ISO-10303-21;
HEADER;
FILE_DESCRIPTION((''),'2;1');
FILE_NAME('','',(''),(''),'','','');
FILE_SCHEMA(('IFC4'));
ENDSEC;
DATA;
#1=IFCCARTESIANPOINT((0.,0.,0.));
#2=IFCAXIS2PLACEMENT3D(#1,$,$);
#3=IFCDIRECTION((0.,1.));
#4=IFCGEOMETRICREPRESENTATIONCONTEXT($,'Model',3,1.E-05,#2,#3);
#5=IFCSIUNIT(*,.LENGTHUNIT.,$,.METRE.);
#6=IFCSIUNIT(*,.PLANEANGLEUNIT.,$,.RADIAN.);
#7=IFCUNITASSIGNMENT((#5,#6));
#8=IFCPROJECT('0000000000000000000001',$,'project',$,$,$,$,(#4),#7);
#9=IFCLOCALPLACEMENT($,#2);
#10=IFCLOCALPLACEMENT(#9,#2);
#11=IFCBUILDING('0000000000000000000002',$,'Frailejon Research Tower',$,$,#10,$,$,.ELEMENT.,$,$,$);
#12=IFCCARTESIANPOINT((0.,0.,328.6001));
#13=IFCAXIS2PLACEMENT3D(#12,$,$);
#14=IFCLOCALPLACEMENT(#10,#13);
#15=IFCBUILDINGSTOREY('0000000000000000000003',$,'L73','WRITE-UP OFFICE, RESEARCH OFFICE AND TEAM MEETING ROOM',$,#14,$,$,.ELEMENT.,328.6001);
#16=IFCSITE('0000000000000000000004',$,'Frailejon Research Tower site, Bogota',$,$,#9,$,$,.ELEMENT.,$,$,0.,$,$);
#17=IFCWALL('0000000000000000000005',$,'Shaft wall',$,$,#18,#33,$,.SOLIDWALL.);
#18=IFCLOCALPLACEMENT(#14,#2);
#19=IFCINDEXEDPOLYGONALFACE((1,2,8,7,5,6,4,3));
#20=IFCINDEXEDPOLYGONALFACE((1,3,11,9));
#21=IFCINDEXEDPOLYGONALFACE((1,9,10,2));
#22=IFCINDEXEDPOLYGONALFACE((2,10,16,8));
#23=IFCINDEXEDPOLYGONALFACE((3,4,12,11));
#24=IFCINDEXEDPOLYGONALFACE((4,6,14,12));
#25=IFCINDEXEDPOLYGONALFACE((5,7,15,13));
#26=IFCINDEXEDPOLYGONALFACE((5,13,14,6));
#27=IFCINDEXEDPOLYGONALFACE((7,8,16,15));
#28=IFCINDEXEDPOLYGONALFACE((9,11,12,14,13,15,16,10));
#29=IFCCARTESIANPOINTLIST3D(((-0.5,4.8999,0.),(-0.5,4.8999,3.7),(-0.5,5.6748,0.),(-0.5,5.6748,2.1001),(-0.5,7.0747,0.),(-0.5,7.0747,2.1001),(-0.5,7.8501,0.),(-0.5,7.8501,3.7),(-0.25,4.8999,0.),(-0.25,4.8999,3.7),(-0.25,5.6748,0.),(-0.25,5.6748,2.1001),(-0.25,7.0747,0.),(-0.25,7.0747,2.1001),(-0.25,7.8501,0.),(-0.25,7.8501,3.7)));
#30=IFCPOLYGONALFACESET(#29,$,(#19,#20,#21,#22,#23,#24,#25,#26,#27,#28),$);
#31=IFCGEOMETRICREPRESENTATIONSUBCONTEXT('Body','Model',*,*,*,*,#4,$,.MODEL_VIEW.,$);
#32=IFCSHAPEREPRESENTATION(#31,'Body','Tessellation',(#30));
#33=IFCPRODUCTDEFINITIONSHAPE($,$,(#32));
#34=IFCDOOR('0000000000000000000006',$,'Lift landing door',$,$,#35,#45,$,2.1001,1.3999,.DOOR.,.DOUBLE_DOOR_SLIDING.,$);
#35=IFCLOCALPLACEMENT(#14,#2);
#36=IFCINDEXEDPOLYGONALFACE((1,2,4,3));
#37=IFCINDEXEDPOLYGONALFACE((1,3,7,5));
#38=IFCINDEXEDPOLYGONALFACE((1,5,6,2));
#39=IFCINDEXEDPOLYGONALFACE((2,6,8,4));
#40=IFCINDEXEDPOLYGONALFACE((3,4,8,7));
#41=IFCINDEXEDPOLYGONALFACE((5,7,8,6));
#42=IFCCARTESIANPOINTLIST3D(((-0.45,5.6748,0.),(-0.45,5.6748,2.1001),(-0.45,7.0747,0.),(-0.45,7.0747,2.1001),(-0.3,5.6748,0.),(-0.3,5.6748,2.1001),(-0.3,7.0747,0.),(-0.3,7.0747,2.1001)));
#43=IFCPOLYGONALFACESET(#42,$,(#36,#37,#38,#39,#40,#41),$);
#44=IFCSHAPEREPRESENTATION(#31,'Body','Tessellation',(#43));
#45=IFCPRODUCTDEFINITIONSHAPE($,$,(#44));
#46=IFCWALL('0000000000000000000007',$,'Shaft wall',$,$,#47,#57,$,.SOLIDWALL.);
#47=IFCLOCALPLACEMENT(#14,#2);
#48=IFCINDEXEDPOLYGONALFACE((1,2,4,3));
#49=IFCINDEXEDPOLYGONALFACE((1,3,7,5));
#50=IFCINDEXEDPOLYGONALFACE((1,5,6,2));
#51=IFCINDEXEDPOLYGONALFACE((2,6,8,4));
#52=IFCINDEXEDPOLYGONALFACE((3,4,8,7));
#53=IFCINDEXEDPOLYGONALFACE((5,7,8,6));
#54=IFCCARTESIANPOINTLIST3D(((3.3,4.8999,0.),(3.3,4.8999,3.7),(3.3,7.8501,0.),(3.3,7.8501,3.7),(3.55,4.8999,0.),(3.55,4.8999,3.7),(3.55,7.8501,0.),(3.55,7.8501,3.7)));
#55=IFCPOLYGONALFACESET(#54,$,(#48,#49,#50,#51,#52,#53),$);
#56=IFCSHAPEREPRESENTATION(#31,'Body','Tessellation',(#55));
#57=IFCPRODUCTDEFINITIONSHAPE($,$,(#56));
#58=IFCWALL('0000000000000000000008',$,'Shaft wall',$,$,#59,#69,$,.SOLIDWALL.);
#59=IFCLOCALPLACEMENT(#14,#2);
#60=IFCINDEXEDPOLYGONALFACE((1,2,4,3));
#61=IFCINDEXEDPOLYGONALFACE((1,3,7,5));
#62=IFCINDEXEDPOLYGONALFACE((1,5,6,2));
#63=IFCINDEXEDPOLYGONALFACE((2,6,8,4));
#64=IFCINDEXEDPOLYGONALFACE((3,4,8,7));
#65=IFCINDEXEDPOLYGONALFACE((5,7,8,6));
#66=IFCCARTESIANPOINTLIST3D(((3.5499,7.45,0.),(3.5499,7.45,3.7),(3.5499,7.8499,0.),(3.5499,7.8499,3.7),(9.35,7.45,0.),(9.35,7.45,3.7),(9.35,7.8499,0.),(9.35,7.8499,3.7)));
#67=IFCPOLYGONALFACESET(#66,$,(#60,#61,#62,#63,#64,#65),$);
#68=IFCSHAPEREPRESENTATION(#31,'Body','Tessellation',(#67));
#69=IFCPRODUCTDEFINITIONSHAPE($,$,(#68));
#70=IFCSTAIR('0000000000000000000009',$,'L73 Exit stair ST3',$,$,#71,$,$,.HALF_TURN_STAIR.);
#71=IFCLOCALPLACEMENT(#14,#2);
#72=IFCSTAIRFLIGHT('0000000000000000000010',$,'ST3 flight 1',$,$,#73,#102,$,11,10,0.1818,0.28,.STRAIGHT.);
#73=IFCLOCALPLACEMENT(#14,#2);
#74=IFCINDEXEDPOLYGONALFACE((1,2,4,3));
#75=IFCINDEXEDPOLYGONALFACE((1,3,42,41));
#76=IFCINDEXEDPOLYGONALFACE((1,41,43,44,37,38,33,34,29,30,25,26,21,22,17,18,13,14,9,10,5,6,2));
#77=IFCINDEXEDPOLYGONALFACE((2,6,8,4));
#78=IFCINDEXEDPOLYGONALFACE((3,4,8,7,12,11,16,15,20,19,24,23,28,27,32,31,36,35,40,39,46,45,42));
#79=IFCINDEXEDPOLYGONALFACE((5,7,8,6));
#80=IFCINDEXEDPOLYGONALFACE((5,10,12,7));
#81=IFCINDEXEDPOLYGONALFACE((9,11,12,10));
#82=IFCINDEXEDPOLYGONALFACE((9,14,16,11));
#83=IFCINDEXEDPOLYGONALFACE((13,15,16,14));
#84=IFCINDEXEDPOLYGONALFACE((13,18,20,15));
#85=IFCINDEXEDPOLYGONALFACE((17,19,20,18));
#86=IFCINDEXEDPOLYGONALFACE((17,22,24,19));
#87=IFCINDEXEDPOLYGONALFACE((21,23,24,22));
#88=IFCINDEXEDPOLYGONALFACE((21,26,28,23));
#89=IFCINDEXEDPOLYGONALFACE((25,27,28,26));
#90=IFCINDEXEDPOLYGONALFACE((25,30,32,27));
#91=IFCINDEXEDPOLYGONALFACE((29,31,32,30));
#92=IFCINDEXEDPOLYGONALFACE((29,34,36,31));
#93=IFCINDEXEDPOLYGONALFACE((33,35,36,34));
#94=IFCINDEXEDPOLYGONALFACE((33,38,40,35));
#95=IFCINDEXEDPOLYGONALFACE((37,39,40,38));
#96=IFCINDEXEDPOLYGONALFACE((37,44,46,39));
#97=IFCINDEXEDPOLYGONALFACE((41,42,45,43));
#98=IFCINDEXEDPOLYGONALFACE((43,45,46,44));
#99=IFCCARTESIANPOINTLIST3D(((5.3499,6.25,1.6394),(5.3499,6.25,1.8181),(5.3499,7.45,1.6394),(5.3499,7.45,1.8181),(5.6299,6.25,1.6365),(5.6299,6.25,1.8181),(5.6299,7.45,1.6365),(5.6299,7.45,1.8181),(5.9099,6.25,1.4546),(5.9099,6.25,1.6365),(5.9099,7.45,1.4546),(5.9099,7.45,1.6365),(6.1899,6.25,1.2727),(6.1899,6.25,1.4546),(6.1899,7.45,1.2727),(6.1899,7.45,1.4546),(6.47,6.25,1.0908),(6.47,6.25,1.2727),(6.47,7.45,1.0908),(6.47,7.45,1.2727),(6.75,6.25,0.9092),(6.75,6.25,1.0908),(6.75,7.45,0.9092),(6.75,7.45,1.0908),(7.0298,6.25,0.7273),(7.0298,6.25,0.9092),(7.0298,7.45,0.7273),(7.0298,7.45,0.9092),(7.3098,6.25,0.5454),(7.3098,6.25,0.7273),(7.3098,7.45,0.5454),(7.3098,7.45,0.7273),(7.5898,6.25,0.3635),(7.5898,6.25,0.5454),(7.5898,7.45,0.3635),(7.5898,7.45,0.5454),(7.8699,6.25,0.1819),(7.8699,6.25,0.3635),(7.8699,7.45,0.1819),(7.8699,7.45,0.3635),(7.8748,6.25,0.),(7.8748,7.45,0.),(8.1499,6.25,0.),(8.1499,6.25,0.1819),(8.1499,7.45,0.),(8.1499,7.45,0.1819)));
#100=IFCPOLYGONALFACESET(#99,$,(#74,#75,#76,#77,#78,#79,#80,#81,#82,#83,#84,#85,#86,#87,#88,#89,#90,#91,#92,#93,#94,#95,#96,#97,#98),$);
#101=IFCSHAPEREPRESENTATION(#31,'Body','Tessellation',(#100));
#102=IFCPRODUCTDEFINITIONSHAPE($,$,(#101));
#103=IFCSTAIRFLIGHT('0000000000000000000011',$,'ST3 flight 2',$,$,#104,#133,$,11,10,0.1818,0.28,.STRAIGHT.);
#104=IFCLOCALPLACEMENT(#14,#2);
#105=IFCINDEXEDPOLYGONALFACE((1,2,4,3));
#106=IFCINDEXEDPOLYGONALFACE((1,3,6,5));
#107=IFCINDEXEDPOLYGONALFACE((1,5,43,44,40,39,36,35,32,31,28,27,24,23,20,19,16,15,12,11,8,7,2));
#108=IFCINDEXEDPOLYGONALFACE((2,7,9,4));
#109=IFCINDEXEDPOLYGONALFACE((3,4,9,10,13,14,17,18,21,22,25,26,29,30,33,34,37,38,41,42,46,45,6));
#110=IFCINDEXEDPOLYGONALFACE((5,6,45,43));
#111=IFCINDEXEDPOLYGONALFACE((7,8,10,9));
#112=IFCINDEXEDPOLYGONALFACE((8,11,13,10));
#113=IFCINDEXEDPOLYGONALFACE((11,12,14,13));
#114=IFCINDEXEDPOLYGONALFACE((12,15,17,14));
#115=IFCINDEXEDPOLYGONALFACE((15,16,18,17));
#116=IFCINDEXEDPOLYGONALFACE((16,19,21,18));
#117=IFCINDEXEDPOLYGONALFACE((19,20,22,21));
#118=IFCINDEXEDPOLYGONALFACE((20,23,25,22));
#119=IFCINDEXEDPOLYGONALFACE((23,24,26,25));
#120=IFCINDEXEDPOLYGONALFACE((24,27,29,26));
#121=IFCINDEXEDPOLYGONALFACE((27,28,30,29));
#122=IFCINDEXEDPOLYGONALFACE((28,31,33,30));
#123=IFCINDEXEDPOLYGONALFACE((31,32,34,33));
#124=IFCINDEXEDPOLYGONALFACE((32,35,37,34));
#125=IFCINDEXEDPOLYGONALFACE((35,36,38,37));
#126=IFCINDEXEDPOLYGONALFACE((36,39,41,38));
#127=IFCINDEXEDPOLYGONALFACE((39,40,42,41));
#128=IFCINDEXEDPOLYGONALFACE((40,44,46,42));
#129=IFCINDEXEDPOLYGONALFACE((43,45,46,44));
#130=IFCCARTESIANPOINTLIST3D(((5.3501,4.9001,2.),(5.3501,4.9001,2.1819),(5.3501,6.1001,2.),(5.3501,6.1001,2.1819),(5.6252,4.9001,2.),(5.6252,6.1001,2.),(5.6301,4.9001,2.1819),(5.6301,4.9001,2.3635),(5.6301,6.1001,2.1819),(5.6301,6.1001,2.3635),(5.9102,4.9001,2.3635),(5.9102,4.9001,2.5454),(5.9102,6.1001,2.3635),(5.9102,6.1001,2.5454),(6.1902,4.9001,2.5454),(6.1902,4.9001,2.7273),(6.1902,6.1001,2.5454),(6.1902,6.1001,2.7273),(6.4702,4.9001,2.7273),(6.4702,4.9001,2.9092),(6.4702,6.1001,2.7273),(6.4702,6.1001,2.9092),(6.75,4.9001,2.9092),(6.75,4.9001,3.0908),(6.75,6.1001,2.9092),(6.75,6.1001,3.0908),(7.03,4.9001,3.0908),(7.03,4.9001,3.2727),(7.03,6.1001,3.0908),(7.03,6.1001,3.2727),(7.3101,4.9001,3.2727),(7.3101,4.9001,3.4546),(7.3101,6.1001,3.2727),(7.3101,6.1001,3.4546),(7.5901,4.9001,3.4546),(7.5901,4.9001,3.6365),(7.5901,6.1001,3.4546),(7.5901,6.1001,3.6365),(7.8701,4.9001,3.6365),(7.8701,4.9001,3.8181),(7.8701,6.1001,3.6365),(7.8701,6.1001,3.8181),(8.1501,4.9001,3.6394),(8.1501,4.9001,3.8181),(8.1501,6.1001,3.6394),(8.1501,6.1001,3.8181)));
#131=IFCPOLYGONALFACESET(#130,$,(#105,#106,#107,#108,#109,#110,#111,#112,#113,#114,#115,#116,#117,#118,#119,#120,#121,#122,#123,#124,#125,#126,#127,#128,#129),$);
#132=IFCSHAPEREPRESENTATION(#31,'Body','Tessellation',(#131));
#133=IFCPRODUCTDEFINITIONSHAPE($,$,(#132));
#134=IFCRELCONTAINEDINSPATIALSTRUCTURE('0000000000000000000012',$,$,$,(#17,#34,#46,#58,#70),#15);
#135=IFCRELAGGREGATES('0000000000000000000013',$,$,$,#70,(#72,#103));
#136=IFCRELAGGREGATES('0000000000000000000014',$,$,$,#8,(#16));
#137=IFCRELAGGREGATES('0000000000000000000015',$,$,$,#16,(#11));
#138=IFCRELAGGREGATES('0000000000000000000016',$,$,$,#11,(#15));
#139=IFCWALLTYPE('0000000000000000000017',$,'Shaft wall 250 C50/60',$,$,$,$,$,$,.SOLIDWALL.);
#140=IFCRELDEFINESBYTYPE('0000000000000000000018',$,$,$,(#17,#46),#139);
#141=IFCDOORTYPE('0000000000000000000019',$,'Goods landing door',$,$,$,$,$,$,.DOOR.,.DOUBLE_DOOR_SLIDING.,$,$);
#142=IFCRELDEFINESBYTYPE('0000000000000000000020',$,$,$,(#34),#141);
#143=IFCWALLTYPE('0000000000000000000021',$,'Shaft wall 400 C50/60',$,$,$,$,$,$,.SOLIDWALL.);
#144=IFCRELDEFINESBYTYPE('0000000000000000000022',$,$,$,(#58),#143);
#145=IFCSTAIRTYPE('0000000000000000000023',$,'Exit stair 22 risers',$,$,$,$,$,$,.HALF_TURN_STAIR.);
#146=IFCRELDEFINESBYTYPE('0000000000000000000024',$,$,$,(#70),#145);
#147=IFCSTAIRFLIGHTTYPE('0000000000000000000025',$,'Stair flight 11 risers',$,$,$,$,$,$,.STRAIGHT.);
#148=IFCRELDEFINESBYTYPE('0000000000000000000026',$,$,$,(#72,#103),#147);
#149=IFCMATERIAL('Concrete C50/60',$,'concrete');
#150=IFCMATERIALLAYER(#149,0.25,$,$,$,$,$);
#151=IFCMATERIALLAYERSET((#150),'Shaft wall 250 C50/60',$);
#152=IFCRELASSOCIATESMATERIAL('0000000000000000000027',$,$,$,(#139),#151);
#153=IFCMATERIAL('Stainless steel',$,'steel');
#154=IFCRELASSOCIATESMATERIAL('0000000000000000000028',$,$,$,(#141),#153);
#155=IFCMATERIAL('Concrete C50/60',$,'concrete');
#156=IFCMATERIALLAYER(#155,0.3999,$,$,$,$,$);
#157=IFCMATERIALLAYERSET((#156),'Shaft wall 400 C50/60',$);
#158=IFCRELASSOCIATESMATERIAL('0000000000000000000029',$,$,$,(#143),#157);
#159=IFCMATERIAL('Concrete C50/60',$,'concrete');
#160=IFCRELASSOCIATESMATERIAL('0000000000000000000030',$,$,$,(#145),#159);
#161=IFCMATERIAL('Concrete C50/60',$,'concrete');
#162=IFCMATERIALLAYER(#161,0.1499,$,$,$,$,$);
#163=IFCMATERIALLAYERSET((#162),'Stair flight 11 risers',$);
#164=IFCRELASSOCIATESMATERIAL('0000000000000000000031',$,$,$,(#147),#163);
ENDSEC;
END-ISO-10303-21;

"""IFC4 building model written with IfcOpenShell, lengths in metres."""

from ifc_helpers import new_model, si_unit, direction, frame, frame_2d, origin, place, context, subcontext, project, spatial, polyline, rectangle, outline, extrude, material, layer, layer_set, type_object, element, fill, aggregate, save


model = new_model("IFC4")

# Units and contexts
model_context = context("Model", 3, precision=1e-05, world=origin(), true_north=direction((0.0, 1.0)))
body_context = subcontext(model_context, "Body", "Model", "MODEL_VIEW")
ifc_project = project(units=[si_unit("LENGTHUNIT", "METRE"), si_unit("PLANEANGLEUNIT", "RADIAN")], contexts=[model_context])

# Site, building, storey
site_placement = place(None, origin())
site = spatial("IfcSite", under=ifc_project, at=site_placement, Name="Frailejon Research Tower site, Bogota", CompositionType="ELEMENT", RefElevation=0.0)
building_placement = place(site_placement, origin())
building = spatial("IfcBuilding", under=site, at=building_placement, Name="Frailejon Research Tower", CompositionType="ELEMENT")
storey_placement = place(building_placement, frame((0.0, 0.0, 328.6001)))
storey = spatial("IfcBuildingStorey", under=building, at=storey_placement, Name="L73", Description="WRITE-UP OFFICE, RESEARCH OFFICE AND TEAM MEETING ROOM", CompositionType="ELEMENT", Elevation=328.6001)

# Wall, opening, door
ifc_material_1 = material(Name="Concrete C50/60", Category="concrete")
ifc_layer_1 = layer(ifc_material_1, 0.25)
ifc_layer_set_1 = layer_set([ifc_layer_1], Name="Shaft wall 250 C50/60")
wall_type_1 = type_object("IfcWallType", Name="Shaft wall 250 C50/60", PredefinedType="SOLIDWALL", material=ifc_layer_set_1)
wall_1_placement = place(storey_placement, frame((-0.375, 4.8999, 0.0), z_axis=(0.0, 0.0, 1.0), x_axis=(0.0, 1.0, 0.0)))
wall_1 = element("IfcWall", 1, at=wall_1_placement, inside=storey, type_object=wall_type_1, Name="Shaft wall", PredefinedType="SOLIDWALL", context=body_context, shape_type="SweptSolid", body=[
    extrude(rectangle(XDim=2.9502, YDim=0.25, at=frame_2d((1.4751, 0.0))), origin(), (0.0, 0.0, 1.0), 3.7),
])
opening_1_placement = place(wall_1_placement, frame((0.7749, 0.0, 0.0)))
opening_1 = element("IfcOpeningElement", 2, at=opening_1_placement, cuts=wall_1, PredefinedType="OPENING", context=body_context, shape_type="SweptSolid", body=[
    extrude(rectangle(XDim=1.3999, YDim=2.1001, at=frame_2d((0.7, 1.05))), frame((0.0, 0.135, 0.0), z_axis=(0.0, -1.0, 0.0), x_axis=(1.0, 0.0, 0.0)), (0.0, 0.0, 1.0), 0.27),
])
ifc_material_2 = material(Name="Stainless steel", Category="steel")
door_type_1 = type_object("IfcDoorType", Name="Goods landing door", OperationType="DOUBLE_DOOR_SLIDING", PredefinedType="DOOR", material=ifc_material_2)
door_1_placement = place(opening_1_placement, origin())
door_1 = element("IfcDoor", 3, at=door_1_placement, inside=storey, type_object=door_type_1, Name="Lift landing door", OperationType="DOUBLE_DOOR_SLIDING", OverallHeight=2.1001, OverallWidth=1.3999, PredefinedType="DOOR", context=body_context, shape_type="SweptSolid", body=[
    extrude(rectangle(XDim=1.3999, YDim=2.1001, at=frame_2d((0.7, 1.05))), frame((0.0, 0.075, 0.0), z_axis=(0.0, -1.0, 0.0), x_axis=(1.0, 0.0, 0.0)), (0.0, 0.0, 1.0), 0.1499),
])
fill(opening_1, door_1)

# Walls
wall_2_placement = place(storey_placement, frame((3.425, 4.8999, 0.0), z_axis=(0.0, 0.0, 1.0), x_axis=(0.0, 1.0, 0.0)))
element("IfcWall", 4, at=wall_2_placement, inside=storey, type_object=wall_type_1, Name="Shaft wall", PredefinedType="SOLIDWALL", context=body_context, shape_type="SweptSolid", body=[
    extrude(rectangle(XDim=2.9502, YDim=0.25, at=frame_2d((1.4751, 0.0))), origin(), (0.0, 0.0, 1.0), 3.7),
])
ifc_material_3 = material(Name="Concrete C50/60", Category="concrete")
ifc_layer_2 = layer(ifc_material_3, 0.3999)
ifc_layer_set_2 = layer_set([ifc_layer_2], Name="Shaft wall 400 C50/60")
wall_type_2 = type_object("IfcWallType", Name="Shaft wall 400 C50/60", PredefinedType="SOLIDWALL", material=ifc_layer_set_2)
wall_3_placement = place(storey_placement, frame((3.55, 7.6499, 0.0), z_axis=(0.0, 0.0, 1.0), x_axis=(1.0, 0.0, 0.0)))
element("IfcWall", 5, at=wall_3_placement, inside=storey, type_object=wall_type_2, Name="Shaft wall", PredefinedType="SOLIDWALL", context=body_context, shape_type="SweptSolid", body=[
    extrude(rectangle(XDim=5.8, YDim=0.3999, at=frame_2d((2.8999, 0.0))), origin(), (0.0, 0.0, 1.0), 3.7),
])

# Stair, stair flights
ifc_material_4 = material(Name="Concrete C50/60", Category="concrete")
stair_type = type_object("IfcStairType", Name="Exit stair 22 risers", PredefinedType="HALF_TURN_STAIR", material=ifc_material_4)
stair_placement = place(storey_placement, origin())
stair = element("IfcStair", 6, at=stair_placement, inside=storey, type_object=stair_type, Name="L73 Exit stair ST3", PredefinedType="HALF_TURN_STAIR")
ifc_material_5 = material(Name="Concrete C50/60", Category="concrete")
ifc_layer_3 = layer(ifc_material_5, 0.1499)
ifc_layer_set_3 = layer_set([ifc_layer_3], Name="Stair flight 11 risers")
stair_flight_type = type_object("IfcStairFlightType", Name="Stair flight 11 risers", PredefinedType="STRAIGHT", material=ifc_layer_set_3)
stair_flight_1_placement = place(storey_placement, frame((8.1499, 6.8501, 0.0), z_axis=(0.0, 0.0, 1.0), x_axis=(-1.0, 0.0, 0.0)))
stair_flight_1 = element("IfcStairFlight", 7, at=stair_flight_1_placement, type_object=stair_flight_type, Name="ST3 flight 1", NumberOfRisers=11, NumberOfTreads=10, PredefinedType="STRAIGHT", RiserHeight=0.1818, TreadLength=0.28, context=body_context, shape_type="SweptSolid", body=[
    extrude(outline(polyline([(0.0, 0.0), (0.0, 0.1819), (0.28, 0.1819), (0.28, 0.3635), (0.5601, 0.3635), (0.5601, 0.5454), (0.8401, 0.5454), (0.8401, 0.7273), (1.1201, 0.7273), (1.1201, 0.9092), (1.3999, 0.9092), (1.3999, 1.0908), (1.6799, 1.0908), (1.6799, 1.2727), (1.96, 1.2727), (1.96, 1.4546), (2.24, 1.4546), (2.24, 1.6365), (2.52, 1.6365), (2.52, 1.8181), (2.8, 1.8181), (2.8, 2.0), (2.8, 1.6394), (0.2751, 0.0), (0.0, 0.0)])), frame((0.0, 0.6001, 0.0), z_axis=(0.0, -1.0, 0.0), x_axis=(1.0, 0.0, 0.0)), (0.0, 0.0, 1.0), 1.2),
])
stair_flight_2_placement = place(storey_placement, frame((5.3501, 5.5, 2.0), z_axis=(0.0, 0.0, 1.0), x_axis=(1.0, 0.0, 0.0)))
stair_flight_2 = element("IfcStairFlight", 8, at=stair_flight_2_placement, type_object=stair_flight_type, Name="ST3 flight 2", NumberOfRisers=11, NumberOfTreads=10, PredefinedType="STRAIGHT", RiserHeight=0.1818, TreadLength=0.28, context=body_context, shape_type="SweptSolid", body=[
    extrude(outline(polyline([(0.0, 0.0), (0.0, 0.1819), (0.28, 0.1819), (0.28, 0.3635), (0.5601, 0.3635), (0.5601, 0.5454), (0.8401, 0.5454), (0.8401, 0.7273), (1.1201, 0.7273), (1.1201, 0.9092), (1.3999, 0.9092), (1.3999, 1.0908), (1.6799, 1.0908), (1.6799, 1.2727), (1.96, 1.2727), (1.96, 1.4546), (2.24, 1.4546), (2.24, 1.6365), (2.52, 1.6365), (2.52, 1.8181), (2.8, 1.8181), (2.8, 2.0), (2.8, 1.6394), (0.2751, 0.0), (0.0, 0.0)])), frame((0.0, 0.6001, 0.0), z_axis=(0.0, -1.0, 0.0), x_axis=(1.0, 0.0, 0.0)), (0.0, 0.0, 1.0), 1.2),
])
aggregate(stair, [stair_flight_1, stair_flight_2])

save(model, "model.ifc")
